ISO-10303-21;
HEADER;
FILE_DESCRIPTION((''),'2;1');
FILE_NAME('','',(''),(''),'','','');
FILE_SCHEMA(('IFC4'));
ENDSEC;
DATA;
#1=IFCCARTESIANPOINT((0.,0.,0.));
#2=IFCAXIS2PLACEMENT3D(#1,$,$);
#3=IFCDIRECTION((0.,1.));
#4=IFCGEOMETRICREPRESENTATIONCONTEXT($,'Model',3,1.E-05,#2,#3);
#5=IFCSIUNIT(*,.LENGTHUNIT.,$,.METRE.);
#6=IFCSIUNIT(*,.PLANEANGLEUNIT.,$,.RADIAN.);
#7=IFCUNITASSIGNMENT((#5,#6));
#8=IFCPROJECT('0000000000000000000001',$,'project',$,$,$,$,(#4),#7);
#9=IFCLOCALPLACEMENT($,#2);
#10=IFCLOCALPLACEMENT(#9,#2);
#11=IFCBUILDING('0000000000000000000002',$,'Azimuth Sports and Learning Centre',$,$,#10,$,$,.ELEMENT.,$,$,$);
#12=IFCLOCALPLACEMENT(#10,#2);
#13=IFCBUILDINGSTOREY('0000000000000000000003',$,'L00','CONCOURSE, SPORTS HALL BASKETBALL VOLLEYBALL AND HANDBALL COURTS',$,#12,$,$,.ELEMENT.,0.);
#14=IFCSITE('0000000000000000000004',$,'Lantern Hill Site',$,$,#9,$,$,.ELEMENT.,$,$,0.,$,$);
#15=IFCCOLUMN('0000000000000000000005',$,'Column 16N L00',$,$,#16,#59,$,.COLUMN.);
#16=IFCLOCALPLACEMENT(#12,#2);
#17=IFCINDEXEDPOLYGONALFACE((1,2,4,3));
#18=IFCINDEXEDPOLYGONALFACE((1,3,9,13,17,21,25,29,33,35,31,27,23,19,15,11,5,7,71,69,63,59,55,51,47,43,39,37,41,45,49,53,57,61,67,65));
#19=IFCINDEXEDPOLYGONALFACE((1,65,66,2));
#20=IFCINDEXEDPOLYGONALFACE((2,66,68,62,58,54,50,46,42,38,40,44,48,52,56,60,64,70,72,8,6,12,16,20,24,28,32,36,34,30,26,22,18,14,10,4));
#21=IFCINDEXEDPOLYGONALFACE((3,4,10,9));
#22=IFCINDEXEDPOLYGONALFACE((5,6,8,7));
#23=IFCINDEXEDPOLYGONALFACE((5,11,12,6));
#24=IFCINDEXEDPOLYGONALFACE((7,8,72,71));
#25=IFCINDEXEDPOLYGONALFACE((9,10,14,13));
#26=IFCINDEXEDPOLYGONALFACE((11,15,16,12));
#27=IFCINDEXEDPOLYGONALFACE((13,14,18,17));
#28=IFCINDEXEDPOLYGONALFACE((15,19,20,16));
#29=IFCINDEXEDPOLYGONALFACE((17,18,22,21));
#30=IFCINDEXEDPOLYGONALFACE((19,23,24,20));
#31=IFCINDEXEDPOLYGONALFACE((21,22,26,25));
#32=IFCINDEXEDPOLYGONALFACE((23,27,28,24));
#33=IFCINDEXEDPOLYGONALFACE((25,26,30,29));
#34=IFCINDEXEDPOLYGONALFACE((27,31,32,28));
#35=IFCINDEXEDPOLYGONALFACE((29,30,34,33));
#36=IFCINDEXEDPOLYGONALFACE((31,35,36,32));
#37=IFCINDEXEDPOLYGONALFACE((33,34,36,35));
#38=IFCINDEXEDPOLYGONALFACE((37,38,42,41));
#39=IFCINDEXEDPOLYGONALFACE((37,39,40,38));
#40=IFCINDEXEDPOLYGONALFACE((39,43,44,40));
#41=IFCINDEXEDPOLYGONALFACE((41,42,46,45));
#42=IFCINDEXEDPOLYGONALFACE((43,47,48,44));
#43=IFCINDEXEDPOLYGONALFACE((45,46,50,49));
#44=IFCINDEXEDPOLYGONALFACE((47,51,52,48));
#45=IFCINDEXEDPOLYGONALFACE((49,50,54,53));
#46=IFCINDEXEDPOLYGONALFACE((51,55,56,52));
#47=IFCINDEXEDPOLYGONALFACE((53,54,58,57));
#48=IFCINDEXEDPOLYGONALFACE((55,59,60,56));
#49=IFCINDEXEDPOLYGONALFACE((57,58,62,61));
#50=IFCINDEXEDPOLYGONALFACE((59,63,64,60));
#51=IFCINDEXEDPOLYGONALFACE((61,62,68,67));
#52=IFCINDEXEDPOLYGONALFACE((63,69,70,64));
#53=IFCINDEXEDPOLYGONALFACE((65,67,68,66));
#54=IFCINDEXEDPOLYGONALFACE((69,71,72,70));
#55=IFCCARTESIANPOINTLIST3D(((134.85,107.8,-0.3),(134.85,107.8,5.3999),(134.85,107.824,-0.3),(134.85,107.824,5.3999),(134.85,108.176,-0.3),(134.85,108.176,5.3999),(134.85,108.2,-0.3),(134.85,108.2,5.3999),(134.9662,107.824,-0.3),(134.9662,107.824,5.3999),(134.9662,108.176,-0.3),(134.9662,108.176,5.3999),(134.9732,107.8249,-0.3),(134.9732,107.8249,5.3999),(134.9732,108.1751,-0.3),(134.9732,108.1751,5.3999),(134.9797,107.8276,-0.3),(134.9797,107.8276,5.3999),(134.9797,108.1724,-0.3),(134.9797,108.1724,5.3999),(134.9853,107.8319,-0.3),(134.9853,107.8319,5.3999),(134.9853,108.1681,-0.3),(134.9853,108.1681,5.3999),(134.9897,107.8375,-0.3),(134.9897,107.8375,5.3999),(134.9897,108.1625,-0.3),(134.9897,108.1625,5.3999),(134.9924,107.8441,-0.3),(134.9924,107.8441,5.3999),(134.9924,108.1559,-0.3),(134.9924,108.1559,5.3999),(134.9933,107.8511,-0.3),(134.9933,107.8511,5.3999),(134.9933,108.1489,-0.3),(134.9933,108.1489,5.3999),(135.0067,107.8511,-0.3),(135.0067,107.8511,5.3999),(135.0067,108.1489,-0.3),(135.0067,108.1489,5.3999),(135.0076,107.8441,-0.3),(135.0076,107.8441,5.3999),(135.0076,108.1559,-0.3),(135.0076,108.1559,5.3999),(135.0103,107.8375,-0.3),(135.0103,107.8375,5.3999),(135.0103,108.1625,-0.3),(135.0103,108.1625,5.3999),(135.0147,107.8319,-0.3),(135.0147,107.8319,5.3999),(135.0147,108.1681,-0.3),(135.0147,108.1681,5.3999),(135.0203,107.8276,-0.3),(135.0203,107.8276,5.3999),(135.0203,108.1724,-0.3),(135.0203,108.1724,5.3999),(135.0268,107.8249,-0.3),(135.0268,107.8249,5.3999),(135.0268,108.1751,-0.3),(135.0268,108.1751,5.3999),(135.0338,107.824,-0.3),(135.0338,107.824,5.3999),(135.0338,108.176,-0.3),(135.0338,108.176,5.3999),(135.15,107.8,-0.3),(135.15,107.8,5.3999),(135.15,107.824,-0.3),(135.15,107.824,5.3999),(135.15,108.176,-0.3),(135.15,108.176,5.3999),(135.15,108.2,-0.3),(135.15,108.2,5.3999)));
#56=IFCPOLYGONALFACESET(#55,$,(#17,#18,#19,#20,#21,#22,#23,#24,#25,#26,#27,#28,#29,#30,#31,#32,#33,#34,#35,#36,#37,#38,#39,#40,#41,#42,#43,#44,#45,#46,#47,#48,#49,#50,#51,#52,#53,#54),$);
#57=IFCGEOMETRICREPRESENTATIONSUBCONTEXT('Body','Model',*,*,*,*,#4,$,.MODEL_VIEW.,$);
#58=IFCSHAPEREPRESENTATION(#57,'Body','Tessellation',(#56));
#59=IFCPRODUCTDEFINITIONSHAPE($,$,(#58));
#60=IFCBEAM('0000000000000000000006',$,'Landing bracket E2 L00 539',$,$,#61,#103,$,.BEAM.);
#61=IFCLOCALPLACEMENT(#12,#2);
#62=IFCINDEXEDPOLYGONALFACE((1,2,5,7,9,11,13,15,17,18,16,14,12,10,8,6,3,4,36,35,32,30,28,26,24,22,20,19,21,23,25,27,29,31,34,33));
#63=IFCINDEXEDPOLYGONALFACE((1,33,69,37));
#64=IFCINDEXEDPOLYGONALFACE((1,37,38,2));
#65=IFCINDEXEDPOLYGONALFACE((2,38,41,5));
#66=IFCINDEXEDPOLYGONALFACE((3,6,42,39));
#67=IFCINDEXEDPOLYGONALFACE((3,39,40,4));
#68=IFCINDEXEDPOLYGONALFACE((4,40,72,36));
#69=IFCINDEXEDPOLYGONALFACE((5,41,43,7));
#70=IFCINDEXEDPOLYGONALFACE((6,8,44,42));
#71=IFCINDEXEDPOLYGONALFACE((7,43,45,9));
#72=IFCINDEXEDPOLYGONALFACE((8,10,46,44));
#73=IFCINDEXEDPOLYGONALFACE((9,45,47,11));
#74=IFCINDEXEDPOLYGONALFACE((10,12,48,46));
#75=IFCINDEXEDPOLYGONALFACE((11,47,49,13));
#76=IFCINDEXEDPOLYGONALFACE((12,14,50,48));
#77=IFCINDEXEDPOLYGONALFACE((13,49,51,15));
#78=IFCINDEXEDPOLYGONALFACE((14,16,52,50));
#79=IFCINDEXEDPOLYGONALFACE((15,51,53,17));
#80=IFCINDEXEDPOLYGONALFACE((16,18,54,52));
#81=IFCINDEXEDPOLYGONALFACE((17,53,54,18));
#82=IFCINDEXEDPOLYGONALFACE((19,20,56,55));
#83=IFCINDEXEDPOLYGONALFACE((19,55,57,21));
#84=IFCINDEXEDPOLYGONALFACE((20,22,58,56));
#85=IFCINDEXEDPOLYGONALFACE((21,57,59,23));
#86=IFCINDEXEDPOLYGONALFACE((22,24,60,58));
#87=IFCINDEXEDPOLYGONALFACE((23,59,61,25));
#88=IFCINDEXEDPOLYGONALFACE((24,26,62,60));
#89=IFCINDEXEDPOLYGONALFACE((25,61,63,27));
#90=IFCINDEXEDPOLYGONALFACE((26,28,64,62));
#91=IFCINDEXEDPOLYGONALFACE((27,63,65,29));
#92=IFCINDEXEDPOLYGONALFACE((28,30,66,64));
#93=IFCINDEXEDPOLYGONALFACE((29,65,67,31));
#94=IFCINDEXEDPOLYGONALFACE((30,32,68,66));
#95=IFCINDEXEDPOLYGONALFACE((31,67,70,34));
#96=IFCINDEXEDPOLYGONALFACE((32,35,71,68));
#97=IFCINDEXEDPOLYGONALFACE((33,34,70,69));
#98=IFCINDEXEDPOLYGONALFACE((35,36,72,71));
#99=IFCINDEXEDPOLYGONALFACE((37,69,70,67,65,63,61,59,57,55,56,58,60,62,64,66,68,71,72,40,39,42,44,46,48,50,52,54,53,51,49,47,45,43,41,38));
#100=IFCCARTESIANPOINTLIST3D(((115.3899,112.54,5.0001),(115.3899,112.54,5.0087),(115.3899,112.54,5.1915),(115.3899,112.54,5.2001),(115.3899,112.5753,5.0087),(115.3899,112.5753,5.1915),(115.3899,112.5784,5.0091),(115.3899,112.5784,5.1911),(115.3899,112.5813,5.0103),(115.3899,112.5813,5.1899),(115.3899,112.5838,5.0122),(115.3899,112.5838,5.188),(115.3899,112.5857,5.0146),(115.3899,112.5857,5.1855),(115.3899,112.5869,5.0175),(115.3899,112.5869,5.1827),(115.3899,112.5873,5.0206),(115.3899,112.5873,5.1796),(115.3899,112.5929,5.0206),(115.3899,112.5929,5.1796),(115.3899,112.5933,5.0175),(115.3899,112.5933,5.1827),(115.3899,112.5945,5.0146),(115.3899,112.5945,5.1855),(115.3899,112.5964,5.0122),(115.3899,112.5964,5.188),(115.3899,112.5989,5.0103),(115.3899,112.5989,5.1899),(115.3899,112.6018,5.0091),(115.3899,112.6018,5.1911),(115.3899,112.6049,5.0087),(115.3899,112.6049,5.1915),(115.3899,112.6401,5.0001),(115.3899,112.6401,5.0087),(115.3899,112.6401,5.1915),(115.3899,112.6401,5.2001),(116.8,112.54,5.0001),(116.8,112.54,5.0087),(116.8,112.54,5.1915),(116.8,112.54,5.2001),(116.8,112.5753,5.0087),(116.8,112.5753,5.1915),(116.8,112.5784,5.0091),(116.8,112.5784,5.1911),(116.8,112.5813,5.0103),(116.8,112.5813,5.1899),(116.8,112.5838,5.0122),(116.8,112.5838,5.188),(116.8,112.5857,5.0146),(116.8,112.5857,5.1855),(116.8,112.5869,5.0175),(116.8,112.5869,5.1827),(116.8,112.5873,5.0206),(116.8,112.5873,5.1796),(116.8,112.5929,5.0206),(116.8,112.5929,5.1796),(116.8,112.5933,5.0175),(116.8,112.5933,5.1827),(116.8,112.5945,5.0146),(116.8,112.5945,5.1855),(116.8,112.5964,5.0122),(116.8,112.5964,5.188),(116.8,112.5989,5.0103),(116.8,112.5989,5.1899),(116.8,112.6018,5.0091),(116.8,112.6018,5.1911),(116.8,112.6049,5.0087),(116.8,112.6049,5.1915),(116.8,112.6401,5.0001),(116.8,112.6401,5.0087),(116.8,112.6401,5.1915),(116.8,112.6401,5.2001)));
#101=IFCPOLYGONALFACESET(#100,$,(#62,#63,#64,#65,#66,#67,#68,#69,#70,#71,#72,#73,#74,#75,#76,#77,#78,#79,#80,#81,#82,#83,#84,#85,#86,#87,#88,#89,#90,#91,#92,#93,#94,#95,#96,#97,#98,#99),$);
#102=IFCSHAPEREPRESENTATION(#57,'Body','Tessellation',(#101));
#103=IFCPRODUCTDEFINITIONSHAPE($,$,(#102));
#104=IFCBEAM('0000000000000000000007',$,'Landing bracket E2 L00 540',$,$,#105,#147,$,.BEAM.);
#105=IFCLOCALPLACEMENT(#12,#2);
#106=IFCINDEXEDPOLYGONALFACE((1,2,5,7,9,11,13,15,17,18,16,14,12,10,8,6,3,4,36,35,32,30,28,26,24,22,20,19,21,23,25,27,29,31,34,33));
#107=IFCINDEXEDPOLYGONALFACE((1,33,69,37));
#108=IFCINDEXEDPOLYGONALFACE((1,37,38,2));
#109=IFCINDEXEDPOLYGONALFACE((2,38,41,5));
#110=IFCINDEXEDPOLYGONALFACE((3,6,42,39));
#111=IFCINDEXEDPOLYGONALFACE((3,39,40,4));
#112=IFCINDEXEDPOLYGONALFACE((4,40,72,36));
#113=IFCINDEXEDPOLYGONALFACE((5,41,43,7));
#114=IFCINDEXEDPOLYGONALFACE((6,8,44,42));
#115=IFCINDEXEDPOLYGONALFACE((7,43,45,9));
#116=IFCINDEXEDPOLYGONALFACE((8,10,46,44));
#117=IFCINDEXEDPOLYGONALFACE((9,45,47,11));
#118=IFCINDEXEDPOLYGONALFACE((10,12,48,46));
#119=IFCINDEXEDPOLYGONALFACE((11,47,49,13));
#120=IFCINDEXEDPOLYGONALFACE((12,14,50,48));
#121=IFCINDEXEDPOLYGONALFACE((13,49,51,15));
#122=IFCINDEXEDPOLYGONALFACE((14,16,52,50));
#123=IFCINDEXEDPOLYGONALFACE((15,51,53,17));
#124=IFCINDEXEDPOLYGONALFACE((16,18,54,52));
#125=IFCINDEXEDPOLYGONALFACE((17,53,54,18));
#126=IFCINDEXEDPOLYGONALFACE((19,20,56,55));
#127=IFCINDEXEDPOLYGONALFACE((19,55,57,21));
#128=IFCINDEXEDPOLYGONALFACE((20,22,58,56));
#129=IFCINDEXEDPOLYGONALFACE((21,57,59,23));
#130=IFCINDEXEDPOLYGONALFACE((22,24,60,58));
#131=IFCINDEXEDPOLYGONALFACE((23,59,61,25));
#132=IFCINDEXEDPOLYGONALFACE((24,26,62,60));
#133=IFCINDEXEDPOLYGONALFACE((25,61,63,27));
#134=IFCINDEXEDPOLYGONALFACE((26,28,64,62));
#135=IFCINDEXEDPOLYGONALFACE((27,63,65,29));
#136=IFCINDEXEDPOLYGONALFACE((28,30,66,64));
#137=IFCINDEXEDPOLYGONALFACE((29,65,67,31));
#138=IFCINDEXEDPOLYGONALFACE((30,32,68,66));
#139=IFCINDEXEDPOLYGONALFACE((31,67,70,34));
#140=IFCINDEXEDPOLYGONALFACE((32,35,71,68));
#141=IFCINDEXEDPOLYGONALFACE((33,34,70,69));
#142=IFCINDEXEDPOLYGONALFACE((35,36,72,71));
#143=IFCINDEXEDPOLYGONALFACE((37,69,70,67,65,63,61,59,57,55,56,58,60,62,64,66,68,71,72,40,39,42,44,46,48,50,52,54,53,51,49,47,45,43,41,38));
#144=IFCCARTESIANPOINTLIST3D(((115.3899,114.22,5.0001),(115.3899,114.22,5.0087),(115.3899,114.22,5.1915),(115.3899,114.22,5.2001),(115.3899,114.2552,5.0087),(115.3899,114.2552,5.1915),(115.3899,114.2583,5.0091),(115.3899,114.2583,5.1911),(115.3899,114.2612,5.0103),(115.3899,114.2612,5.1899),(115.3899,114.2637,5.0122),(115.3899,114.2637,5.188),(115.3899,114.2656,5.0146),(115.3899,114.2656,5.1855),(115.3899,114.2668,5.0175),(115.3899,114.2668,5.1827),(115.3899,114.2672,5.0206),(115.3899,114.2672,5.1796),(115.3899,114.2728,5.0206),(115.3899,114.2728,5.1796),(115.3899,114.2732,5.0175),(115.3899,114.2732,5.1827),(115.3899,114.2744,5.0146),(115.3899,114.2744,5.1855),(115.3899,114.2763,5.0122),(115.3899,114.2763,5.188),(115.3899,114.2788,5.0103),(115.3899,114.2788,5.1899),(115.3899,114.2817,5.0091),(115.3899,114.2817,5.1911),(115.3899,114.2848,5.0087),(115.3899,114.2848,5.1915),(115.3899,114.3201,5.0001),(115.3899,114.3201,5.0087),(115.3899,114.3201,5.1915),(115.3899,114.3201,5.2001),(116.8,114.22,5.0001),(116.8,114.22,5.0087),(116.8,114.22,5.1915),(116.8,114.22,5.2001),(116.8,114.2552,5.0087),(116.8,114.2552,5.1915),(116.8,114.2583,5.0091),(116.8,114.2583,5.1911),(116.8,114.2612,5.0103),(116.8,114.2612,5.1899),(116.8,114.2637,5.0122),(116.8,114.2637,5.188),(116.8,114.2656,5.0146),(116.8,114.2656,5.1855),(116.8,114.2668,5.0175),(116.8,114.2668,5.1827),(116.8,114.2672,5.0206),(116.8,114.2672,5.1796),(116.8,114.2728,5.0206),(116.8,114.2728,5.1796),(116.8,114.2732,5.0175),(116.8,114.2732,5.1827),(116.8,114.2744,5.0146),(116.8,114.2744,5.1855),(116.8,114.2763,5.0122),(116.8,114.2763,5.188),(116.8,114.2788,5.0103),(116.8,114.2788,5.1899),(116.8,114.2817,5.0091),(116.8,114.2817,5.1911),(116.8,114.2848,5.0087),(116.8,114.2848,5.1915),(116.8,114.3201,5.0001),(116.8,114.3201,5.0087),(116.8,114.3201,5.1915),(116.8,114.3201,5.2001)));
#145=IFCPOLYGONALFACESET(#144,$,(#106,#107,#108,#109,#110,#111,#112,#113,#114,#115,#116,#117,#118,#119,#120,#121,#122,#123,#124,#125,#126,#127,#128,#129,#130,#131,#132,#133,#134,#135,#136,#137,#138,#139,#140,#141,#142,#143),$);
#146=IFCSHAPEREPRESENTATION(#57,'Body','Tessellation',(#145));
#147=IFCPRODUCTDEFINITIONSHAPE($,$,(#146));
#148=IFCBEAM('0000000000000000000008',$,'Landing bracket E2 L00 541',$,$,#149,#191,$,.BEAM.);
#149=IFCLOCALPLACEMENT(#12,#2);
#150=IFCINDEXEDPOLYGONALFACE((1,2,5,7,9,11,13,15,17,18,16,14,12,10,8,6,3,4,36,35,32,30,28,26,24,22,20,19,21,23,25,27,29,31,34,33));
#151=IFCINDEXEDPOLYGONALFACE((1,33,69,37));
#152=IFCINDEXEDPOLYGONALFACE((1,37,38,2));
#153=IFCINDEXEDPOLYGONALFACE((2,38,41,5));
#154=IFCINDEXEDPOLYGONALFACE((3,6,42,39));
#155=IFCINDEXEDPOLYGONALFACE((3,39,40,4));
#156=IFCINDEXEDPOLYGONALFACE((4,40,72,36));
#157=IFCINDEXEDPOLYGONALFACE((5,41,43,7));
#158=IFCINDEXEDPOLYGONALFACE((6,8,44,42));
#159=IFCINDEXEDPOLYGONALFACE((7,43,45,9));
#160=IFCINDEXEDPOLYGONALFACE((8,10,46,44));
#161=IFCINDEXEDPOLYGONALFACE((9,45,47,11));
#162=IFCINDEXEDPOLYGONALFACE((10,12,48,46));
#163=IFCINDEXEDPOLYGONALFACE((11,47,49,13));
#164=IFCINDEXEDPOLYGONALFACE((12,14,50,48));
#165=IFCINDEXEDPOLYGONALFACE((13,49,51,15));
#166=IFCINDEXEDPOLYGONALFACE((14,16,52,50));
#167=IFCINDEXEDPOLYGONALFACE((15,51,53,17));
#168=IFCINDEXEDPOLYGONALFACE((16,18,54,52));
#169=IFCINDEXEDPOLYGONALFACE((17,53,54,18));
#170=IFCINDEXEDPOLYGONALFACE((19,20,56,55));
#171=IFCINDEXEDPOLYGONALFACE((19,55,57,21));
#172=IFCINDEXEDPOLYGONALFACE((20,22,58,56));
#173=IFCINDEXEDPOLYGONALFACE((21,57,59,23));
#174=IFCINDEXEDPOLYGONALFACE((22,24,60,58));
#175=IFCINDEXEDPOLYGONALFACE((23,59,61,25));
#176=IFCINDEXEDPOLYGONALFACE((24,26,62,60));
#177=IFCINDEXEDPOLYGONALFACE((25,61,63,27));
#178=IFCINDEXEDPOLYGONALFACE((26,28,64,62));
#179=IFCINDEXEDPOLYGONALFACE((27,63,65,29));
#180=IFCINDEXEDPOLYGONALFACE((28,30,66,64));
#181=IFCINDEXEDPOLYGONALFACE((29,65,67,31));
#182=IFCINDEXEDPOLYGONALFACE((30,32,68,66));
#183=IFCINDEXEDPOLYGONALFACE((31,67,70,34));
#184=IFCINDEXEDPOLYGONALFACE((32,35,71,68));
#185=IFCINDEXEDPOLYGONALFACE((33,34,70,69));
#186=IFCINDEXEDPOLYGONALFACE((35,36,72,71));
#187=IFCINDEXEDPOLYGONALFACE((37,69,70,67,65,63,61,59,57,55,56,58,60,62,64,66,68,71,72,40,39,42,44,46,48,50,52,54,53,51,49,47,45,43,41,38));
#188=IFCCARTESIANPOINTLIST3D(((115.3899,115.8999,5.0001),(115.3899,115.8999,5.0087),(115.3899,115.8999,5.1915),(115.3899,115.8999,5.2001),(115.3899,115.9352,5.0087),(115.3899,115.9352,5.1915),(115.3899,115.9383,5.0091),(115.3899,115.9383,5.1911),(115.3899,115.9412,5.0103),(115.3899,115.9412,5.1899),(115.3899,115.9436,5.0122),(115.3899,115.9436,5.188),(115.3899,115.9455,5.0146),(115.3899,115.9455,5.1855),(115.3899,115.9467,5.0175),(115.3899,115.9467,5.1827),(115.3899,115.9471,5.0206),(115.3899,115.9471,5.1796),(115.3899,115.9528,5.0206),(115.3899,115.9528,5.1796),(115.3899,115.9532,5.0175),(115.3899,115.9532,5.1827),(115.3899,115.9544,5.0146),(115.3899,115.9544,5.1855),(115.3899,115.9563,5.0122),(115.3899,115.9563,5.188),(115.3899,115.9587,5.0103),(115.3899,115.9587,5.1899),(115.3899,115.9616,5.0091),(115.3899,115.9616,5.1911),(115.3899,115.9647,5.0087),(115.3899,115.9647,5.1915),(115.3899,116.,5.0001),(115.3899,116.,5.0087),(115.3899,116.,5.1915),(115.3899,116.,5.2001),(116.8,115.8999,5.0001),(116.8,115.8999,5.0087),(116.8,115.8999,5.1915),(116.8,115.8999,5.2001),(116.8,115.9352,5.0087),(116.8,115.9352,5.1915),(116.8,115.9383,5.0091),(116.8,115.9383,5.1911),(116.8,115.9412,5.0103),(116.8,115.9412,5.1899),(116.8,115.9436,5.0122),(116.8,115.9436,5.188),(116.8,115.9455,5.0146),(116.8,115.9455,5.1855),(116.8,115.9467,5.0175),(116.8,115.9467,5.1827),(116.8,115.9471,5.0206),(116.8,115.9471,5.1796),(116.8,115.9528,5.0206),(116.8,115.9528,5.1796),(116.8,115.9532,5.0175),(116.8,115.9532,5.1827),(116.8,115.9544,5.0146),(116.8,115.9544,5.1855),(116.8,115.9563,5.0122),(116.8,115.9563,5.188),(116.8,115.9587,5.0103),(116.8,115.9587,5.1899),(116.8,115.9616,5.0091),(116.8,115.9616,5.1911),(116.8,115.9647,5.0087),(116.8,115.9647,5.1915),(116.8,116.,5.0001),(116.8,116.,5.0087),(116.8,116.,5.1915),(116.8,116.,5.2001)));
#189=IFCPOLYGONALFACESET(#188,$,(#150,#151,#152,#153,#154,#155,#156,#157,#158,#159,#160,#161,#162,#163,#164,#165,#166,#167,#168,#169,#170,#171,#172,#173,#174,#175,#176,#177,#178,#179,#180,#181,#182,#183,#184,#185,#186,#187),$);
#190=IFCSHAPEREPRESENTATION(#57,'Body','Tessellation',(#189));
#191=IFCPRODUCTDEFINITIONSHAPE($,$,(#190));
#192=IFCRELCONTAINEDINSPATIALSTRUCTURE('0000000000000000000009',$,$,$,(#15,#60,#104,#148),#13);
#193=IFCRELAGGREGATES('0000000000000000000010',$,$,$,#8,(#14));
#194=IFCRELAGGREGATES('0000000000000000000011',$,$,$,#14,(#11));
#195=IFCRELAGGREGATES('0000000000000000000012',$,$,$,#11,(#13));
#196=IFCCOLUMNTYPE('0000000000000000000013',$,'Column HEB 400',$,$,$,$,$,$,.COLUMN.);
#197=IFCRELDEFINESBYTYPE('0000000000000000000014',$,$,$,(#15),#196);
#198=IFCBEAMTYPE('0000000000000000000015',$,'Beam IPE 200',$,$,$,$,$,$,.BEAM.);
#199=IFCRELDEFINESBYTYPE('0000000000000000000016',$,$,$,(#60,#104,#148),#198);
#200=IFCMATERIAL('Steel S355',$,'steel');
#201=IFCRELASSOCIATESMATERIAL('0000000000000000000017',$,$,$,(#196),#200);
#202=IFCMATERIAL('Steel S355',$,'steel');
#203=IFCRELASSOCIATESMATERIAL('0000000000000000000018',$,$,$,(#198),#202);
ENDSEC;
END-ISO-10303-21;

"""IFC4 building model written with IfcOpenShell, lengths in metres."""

from ifc_helpers import new_model, si_unit, direction, frame, origin, origin_2d, place, context, subcontext, project, spatial, i_section, extrude, material, material_profile, profile_set, type_object, element, save


model = new_model("IFC4")

# Units and contexts
model_context = context("Model", 3, precision=1e-05, world=origin(), true_north=direction((0.0, 1.0)))
body_context = subcontext(model_context, "Body", "Model", "MODEL_VIEW")
ifc_project = project(units=[si_unit("LENGTHUNIT", "METRE"), si_unit("PLANEANGLEUNIT", "RADIAN")], contexts=[model_context])

# Site, building, storey
site_placement = place(None, origin())
site = spatial("IfcSite", under=ifc_project, at=site_placement, Name="Lantern Hill Site", CompositionType="ELEMENT", RefElevation=0.0)
building_placement = place(site_placement, origin())
building = spatial("IfcBuilding", under=site, at=building_placement, Name="Azimuth Sports and Learning Centre", CompositionType="ELEMENT")
storey_placement = place(building_placement, origin())
storey = spatial("IfcBuildingStorey", under=building, at=storey_placement, Name="L00", Description="CONCOURSE, SPORTS HALL BASKETBALL VOLLEYBALL AND HANDBALL COURTS", CompositionType="ELEMENT", Elevation=0.0)

# Column
ifc_material_1 = material(Name="Steel S355", Category="steel")
ifc_material_profile_1 = material_profile(ifc_material_1, i_section(OverallWidth=0.3, OverallDepth=0.3999, WebThickness=0.0134, FlangeThickness=0.0239, FilletRadius=0.0271, at=origin_2d()), Name="HEB 400")
ifc_profile_set_1 = profile_set([ifc_material_profile_1], Name="Steel S355")
column_type = type_object("IfcColumnType", Name="Column HEB 400", PredefinedType="COLUMN", material=ifc_profile_set_1)
for number, where, z_axis, x_axis, name in (
    (1, (135.0, 108.0, -0.3), (0.0, 0.0, 1.0), (1.0, 0.0, 0.0), "Column 16N L00"),
):
    element("IfcColumn", number, at=place(storey_placement, frame(where, z_axis=z_axis, x_axis=x_axis)), inside=storey, type_object=column_type, Name=name, PredefinedType="COLUMN", context=body_context, shape_type="SweptSolid", body=[
        extrude(i_section(OverallWidth=0.3, OverallDepth=0.3999, WebThickness=0.0134, FlangeThickness=0.0239, FilletRadius=0.0271, at=origin_2d()), origin(), (0.0, 0.0, 1.0), 5.7),
    ])

# Beams
ifc_material_2 = material(Name="Steel S355", Category="steel")
ifc_material_profile_2 = material_profile(ifc_material_2, i_section(OverallWidth=0.1001, OverallDepth=0.2, WebThickness=0.0056, FlangeThickness=0.0085, FilletRadius=0.012, at=origin_2d()), Name="IPE 200")
ifc_profile_set_2 = profile_set([ifc_material_profile_2], Name="Steel S355")
beam_type = type_object("IfcBeamType", Name="Beam IPE 200", PredefinedType="BEAM", material=ifc_profile_set_2)
for number, where, z_axis, x_axis, name in (
    (2, (116.8, 112.5901, 5.1001), (-1.0, 0.0, 0.0), (0.0, -1.0, 0.0), "Landing bracket E2 L00 539"),
    (3, (116.8, 114.27, 5.1001), (-1.0, 0.0, 0.0), (0.0, -1.0, 0.0), "Landing bracket E2 L00 540"),
    (4, (116.8, 115.95, 5.1001), (-1.0, 0.0, 0.0), (0.0, -1.0, 0.0), "Landing bracket E2 L00 541"),
):
    element("IfcBeam", number, at=place(storey_placement, frame(where, z_axis=z_axis, x_axis=x_axis)), inside=storey, type_object=beam_type, Name=name, PredefinedType="BEAM", context=body_context, shape_type="SweptSolid", body=[
        extrude(i_section(OverallWidth=0.1001, OverallDepth=0.2, WebThickness=0.0056, FlangeThickness=0.0085, FilletRadius=0.012, at=origin_2d()), origin(), (0.0, 0.0, 1.0), 1.4102),
    ])

save(model, "model.ifc")
